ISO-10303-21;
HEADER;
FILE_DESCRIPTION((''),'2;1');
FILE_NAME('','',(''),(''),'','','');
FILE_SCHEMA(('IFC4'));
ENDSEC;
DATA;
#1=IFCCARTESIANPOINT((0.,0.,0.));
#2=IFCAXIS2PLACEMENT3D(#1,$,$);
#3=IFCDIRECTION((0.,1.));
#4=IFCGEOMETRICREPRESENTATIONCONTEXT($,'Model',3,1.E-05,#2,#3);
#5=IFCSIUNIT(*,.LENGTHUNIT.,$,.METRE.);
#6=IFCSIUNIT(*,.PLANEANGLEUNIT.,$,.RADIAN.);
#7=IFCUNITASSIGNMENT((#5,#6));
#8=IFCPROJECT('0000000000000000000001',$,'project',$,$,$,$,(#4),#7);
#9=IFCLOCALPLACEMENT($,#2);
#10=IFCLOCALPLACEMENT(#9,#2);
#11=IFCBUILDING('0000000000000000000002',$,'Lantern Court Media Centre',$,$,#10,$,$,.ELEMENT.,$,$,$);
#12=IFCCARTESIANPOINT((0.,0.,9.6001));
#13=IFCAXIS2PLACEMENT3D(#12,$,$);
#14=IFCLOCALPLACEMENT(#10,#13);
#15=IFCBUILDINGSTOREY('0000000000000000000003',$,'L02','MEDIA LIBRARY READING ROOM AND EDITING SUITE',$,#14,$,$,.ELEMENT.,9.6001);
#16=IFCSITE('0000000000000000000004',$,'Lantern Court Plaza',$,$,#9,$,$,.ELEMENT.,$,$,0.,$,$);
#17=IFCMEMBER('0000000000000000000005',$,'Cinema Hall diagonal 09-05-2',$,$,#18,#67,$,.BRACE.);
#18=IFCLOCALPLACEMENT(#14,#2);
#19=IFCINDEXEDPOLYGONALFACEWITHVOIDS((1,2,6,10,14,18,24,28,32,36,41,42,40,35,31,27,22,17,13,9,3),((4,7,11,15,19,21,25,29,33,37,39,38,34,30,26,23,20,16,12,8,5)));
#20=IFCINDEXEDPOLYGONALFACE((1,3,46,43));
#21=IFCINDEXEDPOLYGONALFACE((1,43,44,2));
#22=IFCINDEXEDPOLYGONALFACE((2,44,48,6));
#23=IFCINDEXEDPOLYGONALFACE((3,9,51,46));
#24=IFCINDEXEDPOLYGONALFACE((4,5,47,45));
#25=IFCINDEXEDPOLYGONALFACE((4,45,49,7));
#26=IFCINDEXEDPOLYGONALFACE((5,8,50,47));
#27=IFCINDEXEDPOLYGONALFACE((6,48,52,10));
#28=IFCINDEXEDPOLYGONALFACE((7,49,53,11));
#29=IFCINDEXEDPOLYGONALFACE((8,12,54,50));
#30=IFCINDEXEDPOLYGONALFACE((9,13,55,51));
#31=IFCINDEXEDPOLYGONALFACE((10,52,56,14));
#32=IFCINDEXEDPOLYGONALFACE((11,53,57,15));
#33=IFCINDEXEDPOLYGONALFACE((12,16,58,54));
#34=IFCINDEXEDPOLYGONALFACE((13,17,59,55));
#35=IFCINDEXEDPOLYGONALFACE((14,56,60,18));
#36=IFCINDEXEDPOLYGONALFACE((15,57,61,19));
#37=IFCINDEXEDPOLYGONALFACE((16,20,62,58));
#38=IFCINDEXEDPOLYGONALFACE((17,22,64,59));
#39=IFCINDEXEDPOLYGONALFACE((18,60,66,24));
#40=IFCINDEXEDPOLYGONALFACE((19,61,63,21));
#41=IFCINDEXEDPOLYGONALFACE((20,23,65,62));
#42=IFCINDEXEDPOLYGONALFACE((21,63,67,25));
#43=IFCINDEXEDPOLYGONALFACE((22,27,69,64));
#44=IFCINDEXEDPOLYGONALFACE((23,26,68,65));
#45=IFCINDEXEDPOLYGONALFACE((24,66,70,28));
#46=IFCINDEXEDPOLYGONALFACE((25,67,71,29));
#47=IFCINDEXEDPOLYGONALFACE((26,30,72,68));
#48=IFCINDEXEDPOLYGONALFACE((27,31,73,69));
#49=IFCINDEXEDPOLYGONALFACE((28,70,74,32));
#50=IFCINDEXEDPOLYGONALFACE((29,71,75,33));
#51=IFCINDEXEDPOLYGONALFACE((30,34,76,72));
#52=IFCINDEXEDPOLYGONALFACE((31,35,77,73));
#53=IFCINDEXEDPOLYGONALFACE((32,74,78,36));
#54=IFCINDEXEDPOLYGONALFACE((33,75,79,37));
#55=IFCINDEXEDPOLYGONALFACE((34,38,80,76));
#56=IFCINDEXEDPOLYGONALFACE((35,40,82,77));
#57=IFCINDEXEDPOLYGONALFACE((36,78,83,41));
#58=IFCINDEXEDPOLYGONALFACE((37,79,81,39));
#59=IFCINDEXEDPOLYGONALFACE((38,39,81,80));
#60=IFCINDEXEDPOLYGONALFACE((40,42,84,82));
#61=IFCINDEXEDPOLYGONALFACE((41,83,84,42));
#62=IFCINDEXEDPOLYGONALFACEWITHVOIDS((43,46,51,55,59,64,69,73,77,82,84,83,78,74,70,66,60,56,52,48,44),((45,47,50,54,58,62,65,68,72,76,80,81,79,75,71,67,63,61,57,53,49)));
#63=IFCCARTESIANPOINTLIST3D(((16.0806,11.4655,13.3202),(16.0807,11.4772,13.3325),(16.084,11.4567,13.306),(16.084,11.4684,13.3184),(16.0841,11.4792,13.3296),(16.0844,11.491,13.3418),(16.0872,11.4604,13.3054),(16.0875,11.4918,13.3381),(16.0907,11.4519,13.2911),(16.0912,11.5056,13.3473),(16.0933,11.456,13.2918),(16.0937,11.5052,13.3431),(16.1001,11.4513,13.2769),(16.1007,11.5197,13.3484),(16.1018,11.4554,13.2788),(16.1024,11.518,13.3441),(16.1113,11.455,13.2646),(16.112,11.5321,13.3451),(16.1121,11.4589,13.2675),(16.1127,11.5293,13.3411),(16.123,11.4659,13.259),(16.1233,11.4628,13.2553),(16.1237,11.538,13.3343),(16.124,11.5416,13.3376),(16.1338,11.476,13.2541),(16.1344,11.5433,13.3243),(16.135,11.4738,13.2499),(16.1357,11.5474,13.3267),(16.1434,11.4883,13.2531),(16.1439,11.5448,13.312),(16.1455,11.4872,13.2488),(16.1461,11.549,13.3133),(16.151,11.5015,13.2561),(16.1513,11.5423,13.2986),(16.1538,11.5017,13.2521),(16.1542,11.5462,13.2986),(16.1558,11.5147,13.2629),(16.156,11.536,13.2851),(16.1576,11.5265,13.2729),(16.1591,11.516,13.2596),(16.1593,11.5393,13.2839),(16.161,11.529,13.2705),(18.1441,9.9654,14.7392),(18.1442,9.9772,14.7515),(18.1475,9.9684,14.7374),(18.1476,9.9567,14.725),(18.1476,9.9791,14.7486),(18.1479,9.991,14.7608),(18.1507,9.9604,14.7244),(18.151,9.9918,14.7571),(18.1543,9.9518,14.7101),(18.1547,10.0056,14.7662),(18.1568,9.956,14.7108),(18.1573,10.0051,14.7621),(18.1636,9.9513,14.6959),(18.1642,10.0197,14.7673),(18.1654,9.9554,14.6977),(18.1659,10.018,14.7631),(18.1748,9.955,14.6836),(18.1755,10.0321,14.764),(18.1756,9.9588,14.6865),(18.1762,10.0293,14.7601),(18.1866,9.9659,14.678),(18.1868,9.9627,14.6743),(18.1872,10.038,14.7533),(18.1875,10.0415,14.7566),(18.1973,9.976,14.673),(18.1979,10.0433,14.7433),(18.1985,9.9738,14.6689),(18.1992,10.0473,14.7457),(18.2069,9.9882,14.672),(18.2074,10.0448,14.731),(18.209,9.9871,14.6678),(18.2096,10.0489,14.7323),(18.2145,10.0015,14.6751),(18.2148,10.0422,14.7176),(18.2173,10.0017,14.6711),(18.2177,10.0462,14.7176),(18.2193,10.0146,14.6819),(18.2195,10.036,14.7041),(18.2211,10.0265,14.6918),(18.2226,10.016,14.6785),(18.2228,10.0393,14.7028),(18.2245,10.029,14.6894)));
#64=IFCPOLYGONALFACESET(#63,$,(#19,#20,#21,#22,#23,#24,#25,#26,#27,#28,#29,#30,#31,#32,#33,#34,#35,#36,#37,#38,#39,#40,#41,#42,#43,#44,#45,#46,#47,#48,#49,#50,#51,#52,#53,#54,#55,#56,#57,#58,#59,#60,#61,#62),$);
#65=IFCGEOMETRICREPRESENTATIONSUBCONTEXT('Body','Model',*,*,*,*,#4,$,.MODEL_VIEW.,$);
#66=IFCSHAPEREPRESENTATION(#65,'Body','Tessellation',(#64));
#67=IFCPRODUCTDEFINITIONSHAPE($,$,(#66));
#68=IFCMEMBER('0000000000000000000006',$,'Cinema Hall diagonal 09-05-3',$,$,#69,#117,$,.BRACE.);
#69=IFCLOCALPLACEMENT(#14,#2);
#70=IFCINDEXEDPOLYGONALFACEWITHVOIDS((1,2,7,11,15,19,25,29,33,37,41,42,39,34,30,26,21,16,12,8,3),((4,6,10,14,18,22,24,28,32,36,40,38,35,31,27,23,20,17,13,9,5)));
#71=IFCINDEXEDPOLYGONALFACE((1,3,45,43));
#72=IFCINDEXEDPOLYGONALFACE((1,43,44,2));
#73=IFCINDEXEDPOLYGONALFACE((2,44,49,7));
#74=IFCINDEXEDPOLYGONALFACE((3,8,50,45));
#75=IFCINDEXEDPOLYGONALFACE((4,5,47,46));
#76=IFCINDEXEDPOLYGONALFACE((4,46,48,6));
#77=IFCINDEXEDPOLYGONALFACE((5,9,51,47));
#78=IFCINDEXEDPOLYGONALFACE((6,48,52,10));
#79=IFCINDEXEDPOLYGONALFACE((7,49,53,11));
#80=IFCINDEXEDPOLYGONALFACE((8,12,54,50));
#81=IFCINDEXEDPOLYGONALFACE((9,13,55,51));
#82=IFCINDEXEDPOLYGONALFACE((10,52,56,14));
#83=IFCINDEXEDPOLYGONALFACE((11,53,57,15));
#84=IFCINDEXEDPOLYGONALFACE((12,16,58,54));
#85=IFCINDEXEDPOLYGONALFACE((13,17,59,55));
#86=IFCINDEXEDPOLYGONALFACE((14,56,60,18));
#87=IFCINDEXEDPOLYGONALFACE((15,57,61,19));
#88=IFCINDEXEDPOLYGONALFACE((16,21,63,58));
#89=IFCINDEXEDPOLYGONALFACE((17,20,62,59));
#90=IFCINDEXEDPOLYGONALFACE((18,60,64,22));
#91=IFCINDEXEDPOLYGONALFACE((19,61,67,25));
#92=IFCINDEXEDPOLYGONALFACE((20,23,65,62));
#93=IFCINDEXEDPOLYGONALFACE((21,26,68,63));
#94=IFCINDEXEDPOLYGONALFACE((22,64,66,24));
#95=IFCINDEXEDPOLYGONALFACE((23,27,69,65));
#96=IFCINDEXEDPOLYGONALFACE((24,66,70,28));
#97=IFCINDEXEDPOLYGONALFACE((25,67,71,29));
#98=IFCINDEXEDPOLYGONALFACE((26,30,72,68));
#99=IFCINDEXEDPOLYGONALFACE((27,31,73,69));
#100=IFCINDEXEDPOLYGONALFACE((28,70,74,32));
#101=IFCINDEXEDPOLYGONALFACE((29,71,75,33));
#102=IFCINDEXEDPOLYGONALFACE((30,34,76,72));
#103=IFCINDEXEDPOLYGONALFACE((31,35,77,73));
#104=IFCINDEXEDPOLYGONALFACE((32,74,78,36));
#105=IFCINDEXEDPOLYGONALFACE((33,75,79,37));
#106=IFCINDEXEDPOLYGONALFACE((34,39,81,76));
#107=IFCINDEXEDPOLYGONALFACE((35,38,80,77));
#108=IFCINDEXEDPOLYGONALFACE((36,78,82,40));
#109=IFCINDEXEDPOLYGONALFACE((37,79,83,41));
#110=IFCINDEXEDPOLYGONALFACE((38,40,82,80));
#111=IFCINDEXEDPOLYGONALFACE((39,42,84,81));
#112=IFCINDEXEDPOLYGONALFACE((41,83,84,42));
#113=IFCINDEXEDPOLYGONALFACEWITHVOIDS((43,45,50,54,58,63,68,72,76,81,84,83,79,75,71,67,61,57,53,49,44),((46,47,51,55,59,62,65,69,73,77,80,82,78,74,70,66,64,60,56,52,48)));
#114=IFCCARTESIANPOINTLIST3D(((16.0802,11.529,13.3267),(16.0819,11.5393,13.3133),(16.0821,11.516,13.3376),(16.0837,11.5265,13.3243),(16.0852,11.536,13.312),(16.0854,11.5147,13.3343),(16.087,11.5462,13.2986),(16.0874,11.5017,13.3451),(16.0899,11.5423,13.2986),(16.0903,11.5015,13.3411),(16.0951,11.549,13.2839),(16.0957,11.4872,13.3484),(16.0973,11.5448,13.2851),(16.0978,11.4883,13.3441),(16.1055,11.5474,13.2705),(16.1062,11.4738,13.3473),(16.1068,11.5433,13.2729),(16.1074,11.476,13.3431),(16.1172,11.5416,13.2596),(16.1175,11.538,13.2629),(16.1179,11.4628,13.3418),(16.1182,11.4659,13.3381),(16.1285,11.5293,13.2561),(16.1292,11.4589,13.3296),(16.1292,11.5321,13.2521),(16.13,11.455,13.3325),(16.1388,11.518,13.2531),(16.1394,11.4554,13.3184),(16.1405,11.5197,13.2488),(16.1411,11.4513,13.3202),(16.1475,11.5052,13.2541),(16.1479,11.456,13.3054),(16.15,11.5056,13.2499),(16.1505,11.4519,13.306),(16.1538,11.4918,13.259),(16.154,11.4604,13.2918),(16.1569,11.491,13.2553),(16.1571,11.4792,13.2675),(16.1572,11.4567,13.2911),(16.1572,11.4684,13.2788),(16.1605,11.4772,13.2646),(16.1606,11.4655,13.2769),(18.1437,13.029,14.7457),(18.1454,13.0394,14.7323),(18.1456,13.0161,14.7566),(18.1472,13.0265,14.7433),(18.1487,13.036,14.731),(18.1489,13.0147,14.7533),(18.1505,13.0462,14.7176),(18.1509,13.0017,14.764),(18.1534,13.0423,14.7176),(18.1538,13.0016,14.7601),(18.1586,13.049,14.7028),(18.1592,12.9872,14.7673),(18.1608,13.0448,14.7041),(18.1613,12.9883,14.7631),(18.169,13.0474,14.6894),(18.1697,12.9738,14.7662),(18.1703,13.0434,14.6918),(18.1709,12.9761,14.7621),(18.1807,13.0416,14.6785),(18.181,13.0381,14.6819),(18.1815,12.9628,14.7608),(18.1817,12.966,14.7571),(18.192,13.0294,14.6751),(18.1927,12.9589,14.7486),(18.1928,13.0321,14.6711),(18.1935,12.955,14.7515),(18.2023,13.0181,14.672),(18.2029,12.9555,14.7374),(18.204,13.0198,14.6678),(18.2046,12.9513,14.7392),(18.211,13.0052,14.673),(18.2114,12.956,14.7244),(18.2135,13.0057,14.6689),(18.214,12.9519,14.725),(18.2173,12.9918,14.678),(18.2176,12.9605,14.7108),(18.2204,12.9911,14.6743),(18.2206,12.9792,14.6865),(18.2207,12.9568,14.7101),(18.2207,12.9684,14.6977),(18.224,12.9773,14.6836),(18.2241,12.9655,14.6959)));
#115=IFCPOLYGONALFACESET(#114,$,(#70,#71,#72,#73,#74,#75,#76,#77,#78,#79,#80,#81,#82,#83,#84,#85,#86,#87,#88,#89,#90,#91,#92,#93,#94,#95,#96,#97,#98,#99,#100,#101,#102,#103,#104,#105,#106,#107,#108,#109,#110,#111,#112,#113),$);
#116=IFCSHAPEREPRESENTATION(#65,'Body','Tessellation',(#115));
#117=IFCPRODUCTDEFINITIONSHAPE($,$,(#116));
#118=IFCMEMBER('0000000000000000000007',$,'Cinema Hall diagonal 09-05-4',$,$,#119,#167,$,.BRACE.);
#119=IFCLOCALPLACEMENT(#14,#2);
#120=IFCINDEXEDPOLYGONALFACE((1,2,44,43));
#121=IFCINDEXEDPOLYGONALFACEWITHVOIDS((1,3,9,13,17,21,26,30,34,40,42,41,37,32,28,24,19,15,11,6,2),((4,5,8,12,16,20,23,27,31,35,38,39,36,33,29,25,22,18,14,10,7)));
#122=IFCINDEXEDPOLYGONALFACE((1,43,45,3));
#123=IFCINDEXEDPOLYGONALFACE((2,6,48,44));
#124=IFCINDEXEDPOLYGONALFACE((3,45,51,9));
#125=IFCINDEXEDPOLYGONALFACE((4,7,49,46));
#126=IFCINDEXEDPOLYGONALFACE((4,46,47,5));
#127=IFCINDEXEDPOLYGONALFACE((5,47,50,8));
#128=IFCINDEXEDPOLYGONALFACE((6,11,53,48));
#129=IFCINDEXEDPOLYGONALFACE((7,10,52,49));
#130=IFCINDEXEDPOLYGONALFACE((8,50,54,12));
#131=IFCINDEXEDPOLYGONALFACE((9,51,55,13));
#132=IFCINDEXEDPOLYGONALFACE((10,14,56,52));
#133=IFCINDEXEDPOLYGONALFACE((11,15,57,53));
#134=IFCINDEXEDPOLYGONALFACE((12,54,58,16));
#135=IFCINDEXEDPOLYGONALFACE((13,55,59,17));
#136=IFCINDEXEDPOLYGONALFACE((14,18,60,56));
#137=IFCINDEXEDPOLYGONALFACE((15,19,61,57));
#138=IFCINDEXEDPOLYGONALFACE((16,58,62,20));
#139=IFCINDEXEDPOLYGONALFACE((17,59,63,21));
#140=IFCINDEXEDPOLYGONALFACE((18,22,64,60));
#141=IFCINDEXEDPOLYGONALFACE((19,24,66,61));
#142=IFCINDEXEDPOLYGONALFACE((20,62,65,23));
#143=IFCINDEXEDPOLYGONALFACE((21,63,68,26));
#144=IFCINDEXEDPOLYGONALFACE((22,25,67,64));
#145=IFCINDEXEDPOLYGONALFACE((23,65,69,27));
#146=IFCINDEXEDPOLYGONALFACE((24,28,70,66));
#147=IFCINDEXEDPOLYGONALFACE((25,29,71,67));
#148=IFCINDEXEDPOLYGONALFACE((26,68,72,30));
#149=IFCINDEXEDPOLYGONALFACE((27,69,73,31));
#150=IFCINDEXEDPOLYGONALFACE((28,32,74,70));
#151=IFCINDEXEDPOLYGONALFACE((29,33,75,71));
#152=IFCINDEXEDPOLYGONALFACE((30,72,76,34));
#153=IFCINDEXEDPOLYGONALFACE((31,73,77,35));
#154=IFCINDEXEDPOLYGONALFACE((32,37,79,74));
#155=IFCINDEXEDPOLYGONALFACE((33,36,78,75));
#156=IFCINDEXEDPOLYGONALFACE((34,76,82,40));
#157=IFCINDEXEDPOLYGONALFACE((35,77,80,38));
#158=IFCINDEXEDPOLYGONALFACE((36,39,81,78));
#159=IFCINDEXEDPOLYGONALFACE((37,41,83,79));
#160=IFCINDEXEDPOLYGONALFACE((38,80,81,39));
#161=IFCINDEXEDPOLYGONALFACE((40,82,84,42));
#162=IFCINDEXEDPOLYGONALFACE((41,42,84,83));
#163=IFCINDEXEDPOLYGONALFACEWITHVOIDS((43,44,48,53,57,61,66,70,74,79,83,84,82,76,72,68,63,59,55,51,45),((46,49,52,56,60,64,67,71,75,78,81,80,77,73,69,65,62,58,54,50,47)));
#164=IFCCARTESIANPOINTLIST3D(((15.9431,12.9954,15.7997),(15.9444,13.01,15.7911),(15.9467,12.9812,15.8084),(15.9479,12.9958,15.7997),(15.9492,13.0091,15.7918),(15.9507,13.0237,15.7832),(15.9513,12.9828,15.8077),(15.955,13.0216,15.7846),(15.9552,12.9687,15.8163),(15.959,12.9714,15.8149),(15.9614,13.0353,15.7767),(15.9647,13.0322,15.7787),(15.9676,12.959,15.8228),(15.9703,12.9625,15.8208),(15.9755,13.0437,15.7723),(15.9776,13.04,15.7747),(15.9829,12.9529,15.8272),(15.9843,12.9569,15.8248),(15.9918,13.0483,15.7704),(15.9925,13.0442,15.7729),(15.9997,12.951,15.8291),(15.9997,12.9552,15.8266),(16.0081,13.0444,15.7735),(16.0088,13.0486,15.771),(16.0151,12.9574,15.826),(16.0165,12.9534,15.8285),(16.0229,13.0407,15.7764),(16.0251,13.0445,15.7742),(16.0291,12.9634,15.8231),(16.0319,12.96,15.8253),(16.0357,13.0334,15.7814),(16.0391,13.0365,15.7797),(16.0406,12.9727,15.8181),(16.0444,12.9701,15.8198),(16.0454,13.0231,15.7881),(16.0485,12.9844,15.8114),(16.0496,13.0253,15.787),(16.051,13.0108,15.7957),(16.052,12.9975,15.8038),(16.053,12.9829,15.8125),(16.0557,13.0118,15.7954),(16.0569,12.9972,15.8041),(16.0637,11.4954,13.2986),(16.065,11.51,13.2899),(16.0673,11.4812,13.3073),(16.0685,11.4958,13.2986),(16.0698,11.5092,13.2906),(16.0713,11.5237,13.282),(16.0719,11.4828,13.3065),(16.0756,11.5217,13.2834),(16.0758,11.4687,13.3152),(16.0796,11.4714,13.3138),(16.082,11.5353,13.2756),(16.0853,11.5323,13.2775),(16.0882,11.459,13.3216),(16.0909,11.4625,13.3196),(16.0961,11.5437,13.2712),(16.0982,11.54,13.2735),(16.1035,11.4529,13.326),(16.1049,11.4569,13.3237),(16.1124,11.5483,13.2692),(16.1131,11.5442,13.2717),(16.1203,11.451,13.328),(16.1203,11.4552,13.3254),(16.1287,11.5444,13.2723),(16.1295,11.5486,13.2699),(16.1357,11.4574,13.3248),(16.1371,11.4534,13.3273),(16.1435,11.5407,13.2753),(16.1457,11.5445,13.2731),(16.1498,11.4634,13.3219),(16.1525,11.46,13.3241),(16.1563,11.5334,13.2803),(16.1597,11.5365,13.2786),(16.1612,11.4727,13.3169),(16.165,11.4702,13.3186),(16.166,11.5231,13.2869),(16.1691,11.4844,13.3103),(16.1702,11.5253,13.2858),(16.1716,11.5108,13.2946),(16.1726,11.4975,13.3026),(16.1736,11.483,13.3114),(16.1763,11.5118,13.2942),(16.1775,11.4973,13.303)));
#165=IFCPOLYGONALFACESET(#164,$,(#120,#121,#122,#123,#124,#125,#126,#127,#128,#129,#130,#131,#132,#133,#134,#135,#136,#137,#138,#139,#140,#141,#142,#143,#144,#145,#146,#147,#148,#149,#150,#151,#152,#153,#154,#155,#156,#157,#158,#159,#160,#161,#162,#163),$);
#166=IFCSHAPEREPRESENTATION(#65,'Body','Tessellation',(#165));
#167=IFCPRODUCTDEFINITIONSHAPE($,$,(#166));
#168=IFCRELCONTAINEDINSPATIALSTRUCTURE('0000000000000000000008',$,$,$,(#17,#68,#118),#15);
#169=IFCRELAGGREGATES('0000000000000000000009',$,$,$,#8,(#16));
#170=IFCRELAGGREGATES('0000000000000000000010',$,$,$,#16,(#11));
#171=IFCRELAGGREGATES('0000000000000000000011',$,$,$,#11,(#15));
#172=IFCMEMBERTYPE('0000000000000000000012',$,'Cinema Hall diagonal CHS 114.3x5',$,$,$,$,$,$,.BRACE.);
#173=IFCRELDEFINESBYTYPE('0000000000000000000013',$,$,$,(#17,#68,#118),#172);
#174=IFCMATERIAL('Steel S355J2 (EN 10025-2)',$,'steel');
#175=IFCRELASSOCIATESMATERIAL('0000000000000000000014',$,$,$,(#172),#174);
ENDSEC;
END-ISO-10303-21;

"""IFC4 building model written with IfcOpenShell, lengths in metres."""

from ifc_helpers import new_model, si_unit, direction, frame, origin, origin_2d, place, context, subcontext, project, spatial, hollow_circle, extrude, material, material_profile, profile_set, type_object, element, save


model = new_model("IFC4")

# Units and contexts
model_context = context("Model", 3, precision=1e-05, world=origin(), true_north=direction((0.0, 1.0)))
body_context = subcontext(model_context, "Body", "Model", "MODEL_VIEW")
ifc_project = project(units=[si_unit("LENGTHUNIT", "METRE"), si_unit("PLANEANGLEUNIT", "RADIAN")], contexts=[model_context])

# Site, building, storey
site_placement = place(None, origin())
site = spatial("IfcSite", under=ifc_project, at=site_placement, Name="Lantern Court Plaza", CompositionType="ELEMENT", RefElevation=0.0)
building_placement = place(site_placement, origin())
building = spatial("IfcBuilding", under=site, at=building_placement, Name="Lantern Court Media Centre", CompositionType="ELEMENT")
storey_placement = place(building_placement, frame((0.0, 0.0, 9.6001)))
storey = spatial("IfcBuildingStorey", under=building, at=storey_placement, Name="L02", Description="MEDIA LIBRARY READING ROOM AND EDITING SUITE", CompositionType="ELEMENT", Elevation=9.6001)

# Members
ifc_material = material(Name="Steel S355J2 (EN 10025-2)", Category="steel")
ifc_material_profile_1 = material_profile(ifc_material, hollow_circle(Radius=0.0571, WallThickness=0.0049, at=origin_2d()), Name="Cinema Hall diagonal CHS 114.3x5")
ifc_profile_set_1 = profile_set([ifc_material_profile_1], Name="Steel S355J2 (EN 10025-2)")
member_type_1 = type_object("IfcMemberType", Name="Cinema Hall diagonal CHS 114.3x5", PredefinedType="BRACE", material=ifc_profile_set_1)
for number, where, z_axis, x_axis, name in (
    (1, (16.1206, 11.5, 13.2986), (0.70688, -0.513851, 0.486084), (0.58799, 0.808868, 0.0), "Cinema Hall diagonal 09-05-2"),
    (2, (16.1206, 11.5, 13.2986), (0.70688, 0.513851, 0.486084), (-0.58799, 0.808868, 0.0), "Cinema Hall diagonal 09-05-3"),
):
    element("IfcMember", number, at=place(storey_placement, frame(where, z_axis=z_axis, x_axis=x_axis)), inside=storey, type_object=member_type_1, Name=name, PredefinedType="BRACE", context=body_context, shape_type="SweptSolid", body=[
        extrude(hollow_circle(Radius=0.0571, WallThickness=0.0049, at=origin_2d()), origin(), (0.0, 0.0, 1.0), 2.9192),
    ])
member_1_placement = place(storey_placement, frame((16.1206, 11.5, 13.2986), z_axis=(-0.041317, 0.513872, 0.856871), x_axis=(-0.996783, -0.080145, 0.0)))
element("IfcMember", 3, at=member_1_placement, inside=storey, type_object=member_type_1, Name="Cinema Hall diagonal 09-05-4", PredefinedType="BRACE", context=body_context, shape_type="SweptSolid", body=[
    extrude(hollow_circle(Radius=0.0571, WallThickness=0.0049, at=origin_2d()), origin(), (0.0, 0.0, 1.0), 2.9189),
])

save(model, "model.ifc")
